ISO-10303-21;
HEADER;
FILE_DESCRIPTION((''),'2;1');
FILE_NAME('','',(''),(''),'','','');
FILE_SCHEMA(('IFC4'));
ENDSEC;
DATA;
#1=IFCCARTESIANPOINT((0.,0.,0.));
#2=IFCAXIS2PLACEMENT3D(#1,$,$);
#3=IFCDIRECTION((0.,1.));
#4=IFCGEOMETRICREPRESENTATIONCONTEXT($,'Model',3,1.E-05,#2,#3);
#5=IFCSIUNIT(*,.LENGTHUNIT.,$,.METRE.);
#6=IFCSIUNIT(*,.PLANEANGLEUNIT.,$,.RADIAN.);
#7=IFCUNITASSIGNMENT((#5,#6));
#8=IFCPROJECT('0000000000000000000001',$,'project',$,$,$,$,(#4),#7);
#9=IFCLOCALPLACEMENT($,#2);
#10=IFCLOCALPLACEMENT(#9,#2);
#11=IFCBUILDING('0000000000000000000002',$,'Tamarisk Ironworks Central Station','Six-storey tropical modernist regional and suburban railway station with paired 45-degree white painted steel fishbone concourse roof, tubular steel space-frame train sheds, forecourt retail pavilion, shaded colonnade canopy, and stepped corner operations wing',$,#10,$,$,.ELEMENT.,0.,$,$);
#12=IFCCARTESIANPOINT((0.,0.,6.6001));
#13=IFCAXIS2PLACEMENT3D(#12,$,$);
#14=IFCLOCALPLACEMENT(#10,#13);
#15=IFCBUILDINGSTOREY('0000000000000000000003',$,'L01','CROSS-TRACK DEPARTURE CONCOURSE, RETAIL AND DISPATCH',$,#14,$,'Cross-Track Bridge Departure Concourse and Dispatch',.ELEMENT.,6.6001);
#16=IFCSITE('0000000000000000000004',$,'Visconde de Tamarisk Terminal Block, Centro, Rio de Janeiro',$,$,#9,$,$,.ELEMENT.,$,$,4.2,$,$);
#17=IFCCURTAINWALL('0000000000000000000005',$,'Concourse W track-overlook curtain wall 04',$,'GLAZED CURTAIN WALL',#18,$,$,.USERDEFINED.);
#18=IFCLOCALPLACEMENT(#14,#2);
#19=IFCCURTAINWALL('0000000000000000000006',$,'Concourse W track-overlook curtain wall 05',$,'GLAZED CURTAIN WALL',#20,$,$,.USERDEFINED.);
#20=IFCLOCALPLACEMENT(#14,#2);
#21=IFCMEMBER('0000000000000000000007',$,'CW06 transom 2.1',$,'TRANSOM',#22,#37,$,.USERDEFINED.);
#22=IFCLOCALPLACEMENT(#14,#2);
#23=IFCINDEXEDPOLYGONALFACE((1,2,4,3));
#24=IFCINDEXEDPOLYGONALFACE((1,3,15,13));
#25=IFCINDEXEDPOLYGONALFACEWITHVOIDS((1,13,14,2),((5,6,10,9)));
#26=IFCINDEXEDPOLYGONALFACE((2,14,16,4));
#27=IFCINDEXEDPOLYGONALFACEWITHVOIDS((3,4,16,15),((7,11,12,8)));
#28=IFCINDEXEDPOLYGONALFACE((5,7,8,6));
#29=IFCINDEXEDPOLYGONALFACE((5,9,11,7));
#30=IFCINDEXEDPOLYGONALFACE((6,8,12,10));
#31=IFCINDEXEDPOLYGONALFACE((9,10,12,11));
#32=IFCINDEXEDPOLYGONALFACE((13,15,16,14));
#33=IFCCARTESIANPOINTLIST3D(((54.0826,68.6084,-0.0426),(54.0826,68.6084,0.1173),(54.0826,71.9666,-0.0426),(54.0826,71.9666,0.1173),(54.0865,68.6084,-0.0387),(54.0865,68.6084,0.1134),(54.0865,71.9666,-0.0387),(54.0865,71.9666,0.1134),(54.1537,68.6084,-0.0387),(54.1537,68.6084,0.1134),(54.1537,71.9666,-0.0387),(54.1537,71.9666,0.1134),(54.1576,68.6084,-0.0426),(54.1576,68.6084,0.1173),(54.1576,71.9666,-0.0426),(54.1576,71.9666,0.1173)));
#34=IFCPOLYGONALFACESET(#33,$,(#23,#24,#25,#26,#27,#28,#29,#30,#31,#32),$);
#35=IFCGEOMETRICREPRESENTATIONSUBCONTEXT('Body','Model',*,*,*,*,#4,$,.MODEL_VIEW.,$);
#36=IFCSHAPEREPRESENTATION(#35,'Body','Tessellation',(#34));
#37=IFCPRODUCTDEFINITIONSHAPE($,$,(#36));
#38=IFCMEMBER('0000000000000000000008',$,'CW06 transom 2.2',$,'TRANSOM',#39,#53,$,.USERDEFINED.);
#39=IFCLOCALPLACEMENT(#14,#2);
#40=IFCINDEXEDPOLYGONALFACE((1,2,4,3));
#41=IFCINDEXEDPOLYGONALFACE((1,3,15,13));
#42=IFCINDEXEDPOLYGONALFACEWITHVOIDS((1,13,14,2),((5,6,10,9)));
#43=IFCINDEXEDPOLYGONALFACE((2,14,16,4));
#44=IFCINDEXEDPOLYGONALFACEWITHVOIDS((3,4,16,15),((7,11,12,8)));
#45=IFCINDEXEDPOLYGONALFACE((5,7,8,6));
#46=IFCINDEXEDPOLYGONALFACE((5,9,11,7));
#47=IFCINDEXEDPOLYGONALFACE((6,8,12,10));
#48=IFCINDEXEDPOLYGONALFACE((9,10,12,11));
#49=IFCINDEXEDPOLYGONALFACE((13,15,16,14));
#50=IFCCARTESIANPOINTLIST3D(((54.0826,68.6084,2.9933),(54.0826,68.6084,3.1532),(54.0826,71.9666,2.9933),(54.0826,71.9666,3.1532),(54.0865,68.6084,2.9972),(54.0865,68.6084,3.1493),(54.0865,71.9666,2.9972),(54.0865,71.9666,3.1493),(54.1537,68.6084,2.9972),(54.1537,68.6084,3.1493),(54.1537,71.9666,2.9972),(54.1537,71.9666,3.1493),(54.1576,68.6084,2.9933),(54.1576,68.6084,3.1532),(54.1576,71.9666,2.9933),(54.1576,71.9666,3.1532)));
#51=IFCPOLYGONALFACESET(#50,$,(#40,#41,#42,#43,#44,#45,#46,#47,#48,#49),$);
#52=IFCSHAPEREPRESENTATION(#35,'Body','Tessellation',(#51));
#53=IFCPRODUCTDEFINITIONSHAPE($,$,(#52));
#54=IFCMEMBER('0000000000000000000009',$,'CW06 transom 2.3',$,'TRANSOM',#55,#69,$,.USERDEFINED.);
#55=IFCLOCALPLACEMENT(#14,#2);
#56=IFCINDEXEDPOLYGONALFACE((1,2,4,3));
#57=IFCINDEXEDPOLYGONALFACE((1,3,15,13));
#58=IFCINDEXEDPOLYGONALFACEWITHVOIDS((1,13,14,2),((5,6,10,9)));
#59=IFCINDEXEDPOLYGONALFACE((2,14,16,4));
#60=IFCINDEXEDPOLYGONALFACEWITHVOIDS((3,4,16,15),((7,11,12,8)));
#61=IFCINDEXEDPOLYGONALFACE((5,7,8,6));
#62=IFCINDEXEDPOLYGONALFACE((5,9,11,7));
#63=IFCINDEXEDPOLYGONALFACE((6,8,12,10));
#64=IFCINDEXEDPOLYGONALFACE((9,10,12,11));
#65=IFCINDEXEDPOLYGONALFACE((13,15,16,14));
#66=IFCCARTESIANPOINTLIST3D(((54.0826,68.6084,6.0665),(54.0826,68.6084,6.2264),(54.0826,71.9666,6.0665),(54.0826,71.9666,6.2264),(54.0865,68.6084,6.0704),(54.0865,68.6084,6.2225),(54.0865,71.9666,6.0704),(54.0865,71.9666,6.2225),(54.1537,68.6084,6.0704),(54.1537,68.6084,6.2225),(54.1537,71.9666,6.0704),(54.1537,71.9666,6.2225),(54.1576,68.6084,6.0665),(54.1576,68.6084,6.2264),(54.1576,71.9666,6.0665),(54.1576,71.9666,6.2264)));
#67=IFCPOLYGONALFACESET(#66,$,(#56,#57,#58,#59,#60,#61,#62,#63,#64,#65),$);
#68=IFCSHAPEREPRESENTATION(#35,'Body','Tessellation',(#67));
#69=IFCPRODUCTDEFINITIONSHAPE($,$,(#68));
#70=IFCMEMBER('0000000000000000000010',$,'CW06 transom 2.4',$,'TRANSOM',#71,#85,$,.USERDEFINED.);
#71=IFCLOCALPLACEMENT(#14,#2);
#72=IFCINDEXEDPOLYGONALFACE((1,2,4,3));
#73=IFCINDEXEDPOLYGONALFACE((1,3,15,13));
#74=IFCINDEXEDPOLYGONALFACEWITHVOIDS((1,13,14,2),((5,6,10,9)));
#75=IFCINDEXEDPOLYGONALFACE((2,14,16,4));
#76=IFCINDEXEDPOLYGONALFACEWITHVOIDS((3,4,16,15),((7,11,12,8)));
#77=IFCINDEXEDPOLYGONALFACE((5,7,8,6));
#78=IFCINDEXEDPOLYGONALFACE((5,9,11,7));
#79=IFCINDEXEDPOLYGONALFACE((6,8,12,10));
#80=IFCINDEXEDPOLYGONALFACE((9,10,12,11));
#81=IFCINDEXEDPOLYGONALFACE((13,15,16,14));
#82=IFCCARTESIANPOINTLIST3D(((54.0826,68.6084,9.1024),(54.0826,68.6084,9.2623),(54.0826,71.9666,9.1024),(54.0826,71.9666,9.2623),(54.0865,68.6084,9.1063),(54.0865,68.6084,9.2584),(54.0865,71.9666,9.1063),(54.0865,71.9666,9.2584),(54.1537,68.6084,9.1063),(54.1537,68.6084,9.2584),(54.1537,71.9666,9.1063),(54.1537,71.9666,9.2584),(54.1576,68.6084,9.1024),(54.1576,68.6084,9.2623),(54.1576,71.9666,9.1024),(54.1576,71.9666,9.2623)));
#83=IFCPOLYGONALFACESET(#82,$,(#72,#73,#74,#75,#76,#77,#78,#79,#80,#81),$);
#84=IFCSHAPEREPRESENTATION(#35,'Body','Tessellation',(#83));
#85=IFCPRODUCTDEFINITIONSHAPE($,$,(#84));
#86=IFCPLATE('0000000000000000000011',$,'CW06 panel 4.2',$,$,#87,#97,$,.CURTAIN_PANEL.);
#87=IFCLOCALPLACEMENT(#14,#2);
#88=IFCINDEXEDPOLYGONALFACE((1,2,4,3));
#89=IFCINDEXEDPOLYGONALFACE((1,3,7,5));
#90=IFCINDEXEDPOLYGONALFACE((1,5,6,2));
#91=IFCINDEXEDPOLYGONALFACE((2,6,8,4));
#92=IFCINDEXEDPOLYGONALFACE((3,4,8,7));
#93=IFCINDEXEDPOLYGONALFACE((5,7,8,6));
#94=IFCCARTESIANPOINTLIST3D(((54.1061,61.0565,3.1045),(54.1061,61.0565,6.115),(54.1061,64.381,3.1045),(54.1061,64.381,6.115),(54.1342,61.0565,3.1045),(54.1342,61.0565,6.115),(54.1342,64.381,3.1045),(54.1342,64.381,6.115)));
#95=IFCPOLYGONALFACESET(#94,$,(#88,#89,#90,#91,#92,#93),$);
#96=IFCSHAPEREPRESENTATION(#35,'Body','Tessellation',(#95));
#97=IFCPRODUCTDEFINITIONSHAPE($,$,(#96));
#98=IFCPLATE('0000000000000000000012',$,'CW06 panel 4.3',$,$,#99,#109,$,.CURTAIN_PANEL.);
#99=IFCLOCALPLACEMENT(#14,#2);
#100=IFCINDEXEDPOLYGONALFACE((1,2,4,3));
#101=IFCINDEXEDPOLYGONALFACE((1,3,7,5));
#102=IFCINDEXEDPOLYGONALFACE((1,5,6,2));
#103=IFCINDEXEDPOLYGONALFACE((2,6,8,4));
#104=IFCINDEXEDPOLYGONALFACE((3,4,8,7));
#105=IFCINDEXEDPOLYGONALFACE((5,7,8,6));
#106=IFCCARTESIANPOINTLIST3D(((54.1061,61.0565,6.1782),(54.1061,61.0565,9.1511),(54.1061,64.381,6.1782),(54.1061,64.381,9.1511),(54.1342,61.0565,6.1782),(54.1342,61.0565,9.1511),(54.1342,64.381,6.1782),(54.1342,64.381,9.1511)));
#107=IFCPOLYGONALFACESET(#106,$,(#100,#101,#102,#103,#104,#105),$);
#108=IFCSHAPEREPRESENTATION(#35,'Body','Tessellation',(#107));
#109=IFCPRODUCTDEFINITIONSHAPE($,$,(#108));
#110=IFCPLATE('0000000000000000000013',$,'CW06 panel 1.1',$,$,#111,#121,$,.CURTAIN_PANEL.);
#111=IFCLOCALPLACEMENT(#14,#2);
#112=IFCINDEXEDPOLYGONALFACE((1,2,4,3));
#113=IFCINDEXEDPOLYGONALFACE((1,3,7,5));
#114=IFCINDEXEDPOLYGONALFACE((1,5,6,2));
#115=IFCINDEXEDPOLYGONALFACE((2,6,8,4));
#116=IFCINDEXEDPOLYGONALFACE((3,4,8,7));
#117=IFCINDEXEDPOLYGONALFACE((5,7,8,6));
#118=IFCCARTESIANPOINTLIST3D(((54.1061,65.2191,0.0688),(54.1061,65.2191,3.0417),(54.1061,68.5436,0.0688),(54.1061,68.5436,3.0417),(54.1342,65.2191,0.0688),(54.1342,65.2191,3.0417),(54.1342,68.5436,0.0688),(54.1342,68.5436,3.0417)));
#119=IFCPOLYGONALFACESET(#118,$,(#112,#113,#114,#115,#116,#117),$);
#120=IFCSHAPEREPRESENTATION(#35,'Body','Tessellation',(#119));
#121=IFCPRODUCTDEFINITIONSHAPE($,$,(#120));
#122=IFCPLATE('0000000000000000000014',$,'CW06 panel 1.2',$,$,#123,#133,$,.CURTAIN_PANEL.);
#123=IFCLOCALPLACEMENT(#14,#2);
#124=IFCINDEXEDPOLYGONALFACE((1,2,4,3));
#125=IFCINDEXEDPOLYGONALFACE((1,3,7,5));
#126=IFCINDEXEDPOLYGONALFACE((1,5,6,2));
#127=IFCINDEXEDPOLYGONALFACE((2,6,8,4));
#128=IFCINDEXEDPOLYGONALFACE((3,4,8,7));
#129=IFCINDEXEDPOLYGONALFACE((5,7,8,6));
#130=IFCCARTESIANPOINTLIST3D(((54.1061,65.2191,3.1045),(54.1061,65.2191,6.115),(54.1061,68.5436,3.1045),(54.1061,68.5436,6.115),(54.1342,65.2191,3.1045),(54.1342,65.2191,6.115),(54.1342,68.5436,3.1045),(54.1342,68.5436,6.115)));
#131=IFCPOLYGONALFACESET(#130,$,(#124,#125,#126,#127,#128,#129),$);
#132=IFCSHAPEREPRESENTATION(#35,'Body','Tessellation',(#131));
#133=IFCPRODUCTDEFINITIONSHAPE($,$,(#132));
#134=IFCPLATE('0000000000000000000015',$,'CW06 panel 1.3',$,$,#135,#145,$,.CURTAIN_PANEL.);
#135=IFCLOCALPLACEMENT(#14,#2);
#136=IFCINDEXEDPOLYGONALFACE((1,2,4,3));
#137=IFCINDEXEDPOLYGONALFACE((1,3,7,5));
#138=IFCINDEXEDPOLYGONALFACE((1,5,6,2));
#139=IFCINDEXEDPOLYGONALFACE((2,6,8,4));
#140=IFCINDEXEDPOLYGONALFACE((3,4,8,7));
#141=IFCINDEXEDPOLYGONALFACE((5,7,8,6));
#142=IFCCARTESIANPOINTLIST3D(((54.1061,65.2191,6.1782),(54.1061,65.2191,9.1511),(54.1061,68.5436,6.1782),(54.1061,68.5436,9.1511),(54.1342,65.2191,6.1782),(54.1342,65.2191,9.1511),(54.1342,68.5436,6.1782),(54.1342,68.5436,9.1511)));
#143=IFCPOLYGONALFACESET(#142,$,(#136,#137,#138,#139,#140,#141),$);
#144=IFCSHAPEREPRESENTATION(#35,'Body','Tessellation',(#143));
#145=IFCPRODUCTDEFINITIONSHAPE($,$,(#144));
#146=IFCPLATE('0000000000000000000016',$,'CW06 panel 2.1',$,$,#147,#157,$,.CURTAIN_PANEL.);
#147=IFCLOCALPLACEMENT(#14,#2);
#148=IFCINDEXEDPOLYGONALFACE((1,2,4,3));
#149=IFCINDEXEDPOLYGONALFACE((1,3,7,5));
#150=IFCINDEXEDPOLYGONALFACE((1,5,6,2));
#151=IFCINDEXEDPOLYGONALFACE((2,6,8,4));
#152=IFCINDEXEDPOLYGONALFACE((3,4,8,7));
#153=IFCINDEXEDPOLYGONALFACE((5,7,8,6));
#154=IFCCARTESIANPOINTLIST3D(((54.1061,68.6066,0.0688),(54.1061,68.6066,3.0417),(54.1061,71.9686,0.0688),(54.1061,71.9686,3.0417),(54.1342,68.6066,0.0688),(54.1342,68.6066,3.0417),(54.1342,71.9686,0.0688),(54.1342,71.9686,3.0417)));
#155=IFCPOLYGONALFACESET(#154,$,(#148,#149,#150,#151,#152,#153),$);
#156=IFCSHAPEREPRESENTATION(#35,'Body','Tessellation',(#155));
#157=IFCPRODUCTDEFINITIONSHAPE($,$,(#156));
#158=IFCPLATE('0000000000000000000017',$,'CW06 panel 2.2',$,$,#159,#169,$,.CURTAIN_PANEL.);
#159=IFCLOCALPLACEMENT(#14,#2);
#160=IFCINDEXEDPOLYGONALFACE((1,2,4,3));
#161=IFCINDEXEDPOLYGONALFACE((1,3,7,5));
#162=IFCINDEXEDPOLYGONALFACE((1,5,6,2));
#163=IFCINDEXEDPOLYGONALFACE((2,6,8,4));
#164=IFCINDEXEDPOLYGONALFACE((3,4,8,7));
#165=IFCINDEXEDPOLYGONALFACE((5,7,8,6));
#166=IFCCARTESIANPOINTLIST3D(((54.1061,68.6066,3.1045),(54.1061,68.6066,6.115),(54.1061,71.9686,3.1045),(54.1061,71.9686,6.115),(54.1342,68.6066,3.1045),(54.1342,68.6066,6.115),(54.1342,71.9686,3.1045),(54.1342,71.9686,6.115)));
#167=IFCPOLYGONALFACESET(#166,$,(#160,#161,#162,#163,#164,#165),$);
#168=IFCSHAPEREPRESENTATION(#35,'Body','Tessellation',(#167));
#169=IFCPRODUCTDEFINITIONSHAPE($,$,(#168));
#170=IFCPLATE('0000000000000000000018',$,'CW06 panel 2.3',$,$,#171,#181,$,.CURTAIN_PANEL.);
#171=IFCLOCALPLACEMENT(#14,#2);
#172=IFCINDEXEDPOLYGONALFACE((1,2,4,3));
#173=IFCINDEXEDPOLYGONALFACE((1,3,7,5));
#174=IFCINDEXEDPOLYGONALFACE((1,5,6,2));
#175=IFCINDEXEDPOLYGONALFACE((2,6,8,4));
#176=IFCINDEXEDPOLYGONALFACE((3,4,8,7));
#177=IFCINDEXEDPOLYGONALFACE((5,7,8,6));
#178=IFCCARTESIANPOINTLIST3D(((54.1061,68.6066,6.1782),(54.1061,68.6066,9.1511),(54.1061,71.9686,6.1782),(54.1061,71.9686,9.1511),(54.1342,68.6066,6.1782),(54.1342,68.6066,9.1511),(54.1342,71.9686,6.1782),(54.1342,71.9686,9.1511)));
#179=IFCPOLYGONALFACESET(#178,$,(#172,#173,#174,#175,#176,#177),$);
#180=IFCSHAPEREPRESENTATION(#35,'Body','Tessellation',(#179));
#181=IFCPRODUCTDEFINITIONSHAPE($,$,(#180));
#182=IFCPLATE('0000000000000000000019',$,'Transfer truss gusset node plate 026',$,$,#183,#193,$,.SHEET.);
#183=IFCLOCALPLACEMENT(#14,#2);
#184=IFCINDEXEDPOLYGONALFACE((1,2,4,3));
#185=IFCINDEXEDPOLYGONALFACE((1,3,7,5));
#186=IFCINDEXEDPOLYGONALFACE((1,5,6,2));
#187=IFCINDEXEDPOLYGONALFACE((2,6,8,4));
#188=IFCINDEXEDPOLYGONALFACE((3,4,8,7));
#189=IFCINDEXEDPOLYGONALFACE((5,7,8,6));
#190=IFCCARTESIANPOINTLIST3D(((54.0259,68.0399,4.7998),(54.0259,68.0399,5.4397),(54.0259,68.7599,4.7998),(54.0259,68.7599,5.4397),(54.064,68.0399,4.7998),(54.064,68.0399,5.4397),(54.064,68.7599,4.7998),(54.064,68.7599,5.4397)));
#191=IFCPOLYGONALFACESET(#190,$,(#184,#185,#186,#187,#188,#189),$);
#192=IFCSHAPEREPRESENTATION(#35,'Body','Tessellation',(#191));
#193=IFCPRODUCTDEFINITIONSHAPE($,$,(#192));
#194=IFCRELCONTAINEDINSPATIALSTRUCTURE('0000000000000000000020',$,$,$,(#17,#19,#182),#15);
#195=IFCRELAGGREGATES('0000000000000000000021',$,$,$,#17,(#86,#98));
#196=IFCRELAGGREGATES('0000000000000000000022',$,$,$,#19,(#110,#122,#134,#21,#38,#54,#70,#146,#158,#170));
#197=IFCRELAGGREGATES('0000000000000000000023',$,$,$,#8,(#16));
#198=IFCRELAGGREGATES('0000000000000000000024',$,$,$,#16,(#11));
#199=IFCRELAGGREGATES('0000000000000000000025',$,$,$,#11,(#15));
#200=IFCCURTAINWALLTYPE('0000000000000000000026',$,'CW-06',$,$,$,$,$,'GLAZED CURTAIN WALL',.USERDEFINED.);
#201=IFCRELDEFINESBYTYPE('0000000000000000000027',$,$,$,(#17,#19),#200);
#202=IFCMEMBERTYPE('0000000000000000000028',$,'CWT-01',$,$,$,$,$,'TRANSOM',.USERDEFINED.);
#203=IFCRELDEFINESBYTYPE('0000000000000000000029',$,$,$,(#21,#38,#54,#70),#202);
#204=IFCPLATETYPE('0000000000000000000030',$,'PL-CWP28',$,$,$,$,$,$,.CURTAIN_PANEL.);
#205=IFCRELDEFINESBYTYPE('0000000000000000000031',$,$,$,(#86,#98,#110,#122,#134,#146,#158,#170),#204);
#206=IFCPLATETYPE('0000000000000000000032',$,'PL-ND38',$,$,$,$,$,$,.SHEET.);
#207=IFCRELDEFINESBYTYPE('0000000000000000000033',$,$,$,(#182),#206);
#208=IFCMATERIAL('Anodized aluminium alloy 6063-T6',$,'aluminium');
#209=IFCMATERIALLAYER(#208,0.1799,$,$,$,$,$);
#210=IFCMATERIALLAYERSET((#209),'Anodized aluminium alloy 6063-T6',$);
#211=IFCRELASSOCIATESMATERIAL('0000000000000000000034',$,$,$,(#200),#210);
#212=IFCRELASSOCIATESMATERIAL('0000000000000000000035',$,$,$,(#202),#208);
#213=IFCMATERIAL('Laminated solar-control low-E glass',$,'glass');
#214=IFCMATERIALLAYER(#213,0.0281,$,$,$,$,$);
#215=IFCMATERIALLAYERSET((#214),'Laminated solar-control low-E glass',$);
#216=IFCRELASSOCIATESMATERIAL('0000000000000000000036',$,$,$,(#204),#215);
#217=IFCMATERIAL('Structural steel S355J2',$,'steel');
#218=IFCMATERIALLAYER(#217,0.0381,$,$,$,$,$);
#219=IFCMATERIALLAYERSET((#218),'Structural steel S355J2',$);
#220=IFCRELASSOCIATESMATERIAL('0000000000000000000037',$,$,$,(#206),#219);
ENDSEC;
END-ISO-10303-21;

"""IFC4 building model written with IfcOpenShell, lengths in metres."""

from ifc_helpers import new_model, si_unit, direction, frame, origin, origin_2d, place, context, subcontext, project, spatial, rectangle, hollow_rectangle, extrude, material, layer, layer_set, material_profile, profile_set, type_object, element, aggregate, save


model = new_model("IFC4")

# Units and contexts
model_context = context("Model", 3, precision=1e-05, world=origin(), true_north=direction((0.0, 1.0)))
body_context = subcontext(model_context, "Body", "Model", "MODEL_VIEW")
ifc_project = project(units=[si_unit("LENGTHUNIT", "METRE"), si_unit("PLANEANGLEUNIT", "RADIAN")], contexts=[model_context])

# Site, building, storey
site_placement = place(None, origin())
site = spatial("IfcSite", under=ifc_project, at=site_placement, Name="Visconde de Tamarisk Terminal Block, Centro, Rio de Janeiro", CompositionType="ELEMENT", RefElevation=4.2)
building_placement = place(site_placement, origin())
building = spatial("IfcBuilding", under=site, at=building_placement, Name="Tamarisk Ironworks Central Station", Description="Six-storey tropical modernist regional and suburban railway station with paired 45-degree white painted steel fishbone concourse roof, tubular steel space-frame train sheds, forecourt retail pavilion, shaded colonnade canopy, and stepped corner operations wing", CompositionType="ELEMENT", ElevationOfRefHeight=0.0)
storey_placement = place(building_placement, frame((0.0, 0.0, 6.6001)))
storey = spatial("IfcBuildingStorey", under=building, at=storey_placement, Name="L01", Description="CROSS-TRACK DEPARTURE CONCOURSE, RETAIL AND DISPATCH", LongName="Cross-Track Bridge Departure Concourse and Dispatch", CompositionType="ELEMENT", Elevation=6.6001)

# Shared definitions
ifc_material_1 = material(Name="Structural steel S355J2", Category="steel")

# Curtain wall
ifc_material_2 = material(Name="Anodized aluminium alloy 6063-T6", Category="aluminium")
ifc_layer_1 = layer(ifc_material_2, 0.1799)
ifc_layer_set_1 = layer_set([ifc_layer_1], Name="Anodized aluminium alloy 6063-T6")
curtain_wall_type = type_object("IfcCurtainWallType", Name="CW-06", ElementType="GLAZED CURTAIN WALL", PredefinedType="USERDEFINED", material=ifc_layer_set_1)
curtain_wall_1_placement = place(storey_placement, origin())
curtain_wall_1 = element("IfcCurtainWall", 1, at=curtain_wall_1_placement, inside=storey, type_object=curtain_wall_type, Name="Concourse W track-overlook curtain wall 04", ObjectType="GLAZED CURTAIN WALL", PredefinedType="USERDEFINED")

# Curtain wall, members
curtain_wall_2_placement = place(storey_placement, origin())
curtain_wall_2 = element("IfcCurtainWall", 2, at=curtain_wall_2_placement, inside=storey, type_object=curtain_wall_type, Name="Concourse W track-overlook curtain wall 05", ObjectType="GLAZED CURTAIN WALL", PredefinedType="USERDEFINED")
ifc_material_profile_1 = material_profile(ifc_material_2, hollow_rectangle(XDim=0.075, YDim=0.1599, WallThickness=0.0039, at=origin_2d()), Name="ALUM 160x75")
ifc_profile_set_1 = profile_set([ifc_material_profile_1], Name="Anodized aluminium alloy 6063-T6")
member_type_1 = type_object("IfcMemberType", Name="CWT-01", ElementType="TRANSOM", PredefinedType="USERDEFINED", material=ifc_profile_set_1)
member_1_placement = place(storey_placement, frame((54.1201, 68.6084, 0.0374), z_axis=(0.0, 1.0, 0.0), x_axis=(-1.0, 0.0, 0.0)))
member_1 = element("IfcMember", 3, at=member_1_placement, type_object=member_type_1, Name="CW06 transom 2.1", ObjectType="TRANSOM", PredefinedType="USERDEFINED", context=body_context, shape_type="SweptSolid", body=[
    extrude(hollow_rectangle(XDim=0.075, YDim=0.1599, WallThickness=0.0039, at=origin_2d()), origin(), (0.0, 0.0, 1.0), 3.3582),
])
member_2_placement = place(storey_placement, frame((54.1201, 68.6084, 3.0732), z_axis=(0.0, 1.0, 0.0), x_axis=(-1.0, 0.0, 0.0)))
member_2 = element("IfcMember", 4, at=member_2_placement, type_object=member_type_1, Name="CW06 transom 2.2", ObjectType="TRANSOM", PredefinedType="USERDEFINED", context=body_context, shape_type="SweptSolid", body=[
    extrude(hollow_rectangle(XDim=0.075, YDim=0.1599, WallThickness=0.0039, at=origin_2d()), origin(), (0.0, 0.0, 1.0), 3.3582),
])
member_3_placement = place(storey_placement, frame((54.1201, 68.6084, 6.1465), z_axis=(0.0, 1.0, 0.0), x_axis=(-1.0, 0.0, 0.0)))
member_3 = element("IfcMember", 5, at=member_3_placement, type_object=member_type_1, Name="CW06 transom 2.3", ObjectType="TRANSOM", PredefinedType="USERDEFINED", context=body_context, shape_type="SweptSolid", body=[
    extrude(hollow_rectangle(XDim=0.075, YDim=0.1599, WallThickness=0.0039, at=origin_2d()), origin(), (0.0, 0.0, 1.0), 3.3582),
])
member_4_placement = place(storey_placement, frame((54.1201, 68.6084, 9.1824), z_axis=(0.0, 1.0, 0.0), x_axis=(-1.0, 0.0, 0.0)))
member_4 = element("IfcMember", 6, at=member_4_placement, type_object=member_type_1, Name="CW06 transom 2.4", ObjectType="TRANSOM", PredefinedType="USERDEFINED", context=body_context, shape_type="SweptSolid", body=[
    extrude(hollow_rectangle(XDim=0.075, YDim=0.1599, WallThickness=0.0039, at=origin_2d()), origin(), (0.0, 0.0, 1.0), 3.3582),
])

# Plates
ifc_material_3 = material(Name="Laminated solar-control low-E glass", Category="glass")
ifc_layer_2 = layer(ifc_material_3, 0.0281)
ifc_layer_set_2 = layer_set([ifc_layer_2], Name="Laminated solar-control low-E glass")
plate_type_1 = type_object("IfcPlateType", Name="PL-CWP28", PredefinedType="CURTAIN_PANEL", material=ifc_layer_set_2)
plate_1_placement = place(storey_placement, frame((54.1201, 62.7188, 3.1045), z_axis=(0.0, 0.0, 1.0), x_axis=(0.0, 1.0, 0.0)))
plate_1 = element("IfcPlate", 7, at=plate_1_placement, type_object=plate_type_1, Name="CW06 panel 4.2", PredefinedType="CURTAIN_PANEL", context=body_context, shape_type="SweptSolid", body=[
    extrude(rectangle(XDim=3.3245, YDim=0.0281, at=origin_2d()), origin(), (0.0, 0.0, 1.0), 3.0105),
])
plate_2_placement = place(storey_placement, frame((54.1201, 62.7188, 6.1782), z_axis=(0.0, 0.0, 1.0), x_axis=(0.0, 1.0, 0.0)))
plate_2 = element("IfcPlate", 8, at=plate_2_placement, type_object=plate_type_1, Name="CW06 panel 4.3", PredefinedType="CURTAIN_PANEL", context=body_context, shape_type="SweptSolid", body=[
    extrude(rectangle(XDim=3.3245, YDim=0.0281, at=origin_2d()), origin(), (0.0, 0.0, 1.0), 2.9729),
])
aggregate(curtain_wall_1, [plate_1, plate_2])
plate_3_placement = place(storey_placement, frame((54.1201, 66.8813, 0.0688), z_axis=(0.0, 0.0, 1.0), x_axis=(0.0, 1.0, 0.0)))
plate_3 = element("IfcPlate", 9, at=plate_3_placement, type_object=plate_type_1, Name="CW06 panel 1.1", PredefinedType="CURTAIN_PANEL", context=body_context, shape_type="SweptSolid", body=[
    extrude(rectangle(XDim=3.3245, YDim=0.0281, at=origin_2d()), origin(), (0.0, 0.0, 1.0), 2.9729),
])
plate_4_placement = place(storey_placement, frame((54.1201, 66.8813, 3.1045), z_axis=(0.0, 0.0, 1.0), x_axis=(0.0, 1.0, 0.0)))
plate_4 = element("IfcPlate", 10, at=plate_4_placement, type_object=plate_type_1, Name="CW06 panel 1.2", PredefinedType="CURTAIN_PANEL", context=body_context, shape_type="SweptSolid", body=[
    extrude(rectangle(XDim=3.3245, YDim=0.0281, at=origin_2d()), origin(), (0.0, 0.0, 1.0), 3.0105),
])
plate_5_placement = place(storey_placement, frame((54.1201, 66.8813, 6.1782), z_axis=(0.0, 0.0, 1.0), x_axis=(0.0, 1.0, 0.0)))
plate_5 = element("IfcPlate", 11, at=plate_5_placement, type_object=plate_type_1, Name="CW06 panel 1.3", PredefinedType="CURTAIN_PANEL", context=body_context, shape_type="SweptSolid", body=[
    extrude(rectangle(XDim=3.3245, YDim=0.0281, at=origin_2d()), origin(), (0.0, 0.0, 1.0), 2.9729),
])
plate_6_placement = place(storey_placement, frame((54.1201, 70.2876, 0.0688), z_axis=(0.0, 0.0, 1.0), x_axis=(0.0, 1.0, 0.0)))
plate_6 = element("IfcPlate", 12, at=plate_6_placement, type_object=plate_type_1, Name="CW06 panel 2.1", PredefinedType="CURTAIN_PANEL", context=body_context, shape_type="SweptSolid", body=[
    extrude(rectangle(XDim=3.3621, YDim=0.0281, at=origin_2d()), origin(), (0.0, 0.0, 1.0), 2.9729),
])
plate_7_placement = place(storey_placement, frame((54.1201, 70.2876, 3.1045), z_axis=(0.0, 0.0, 1.0), x_axis=(0.0, 1.0, 0.0)))
plate_7 = element("IfcPlate", 13, at=plate_7_placement, type_object=plate_type_1, Name="CW06 panel 2.2", PredefinedType="CURTAIN_PANEL", context=body_context, shape_type="SweptSolid", body=[
    extrude(rectangle(XDim=3.3621, YDim=0.0281, at=origin_2d()), origin(), (0.0, 0.0, 1.0), 3.0105),
])
plate_8_placement = place(storey_placement, frame((54.1201, 70.2876, 6.1782), z_axis=(0.0, 0.0, 1.0), x_axis=(0.0, 1.0, 0.0)))
plate_8 = element("IfcPlate", 14, at=plate_8_placement, type_object=plate_type_1, Name="CW06 panel 2.3", PredefinedType="CURTAIN_PANEL", context=body_context, shape_type="SweptSolid", body=[
    extrude(rectangle(XDim=3.3621, YDim=0.0281, at=origin_2d()), origin(), (0.0, 0.0, 1.0), 2.9729),
])
aggregate(curtain_wall_2, [plate_3, plate_4, plate_5, member_1, member_2, member_3, member_4, plate_6, plate_7, plate_8])

# Plate
ifc_layer_3 = layer(ifc_material_1, 0.0381)
ifc_layer_set_3 = layer_set([ifc_layer_3], Name="Structural steel S355J2")
plate_type_2 = type_object("IfcPlateType", Name="PL-ND38", PredefinedType="SHEET", material=ifc_layer_set_3)
for number, where, z_axis, x_axis, name in (
    (15, (54.0449, 68.3999, 4.7998), (0.0, 0.0, 1.0), (1.0, 0.0, 0.0), "Transfer truss gusset node plate 026"),
):
    element("IfcPlate", number, at=place(storey_placement, frame(where, z_axis=z_axis, x_axis=x_axis)), inside=storey, type_object=plate_type_2, Name=name, PredefinedType="SHEET", context=body_context, shape_type="SweptSolid", body=[
        extrude(rectangle(XDim=0.0381, YDim=0.72, at=origin_2d()), origin(), (0.0, 0.0, 1.0), 0.6399),
    ])

save(model, "model.ifc")
